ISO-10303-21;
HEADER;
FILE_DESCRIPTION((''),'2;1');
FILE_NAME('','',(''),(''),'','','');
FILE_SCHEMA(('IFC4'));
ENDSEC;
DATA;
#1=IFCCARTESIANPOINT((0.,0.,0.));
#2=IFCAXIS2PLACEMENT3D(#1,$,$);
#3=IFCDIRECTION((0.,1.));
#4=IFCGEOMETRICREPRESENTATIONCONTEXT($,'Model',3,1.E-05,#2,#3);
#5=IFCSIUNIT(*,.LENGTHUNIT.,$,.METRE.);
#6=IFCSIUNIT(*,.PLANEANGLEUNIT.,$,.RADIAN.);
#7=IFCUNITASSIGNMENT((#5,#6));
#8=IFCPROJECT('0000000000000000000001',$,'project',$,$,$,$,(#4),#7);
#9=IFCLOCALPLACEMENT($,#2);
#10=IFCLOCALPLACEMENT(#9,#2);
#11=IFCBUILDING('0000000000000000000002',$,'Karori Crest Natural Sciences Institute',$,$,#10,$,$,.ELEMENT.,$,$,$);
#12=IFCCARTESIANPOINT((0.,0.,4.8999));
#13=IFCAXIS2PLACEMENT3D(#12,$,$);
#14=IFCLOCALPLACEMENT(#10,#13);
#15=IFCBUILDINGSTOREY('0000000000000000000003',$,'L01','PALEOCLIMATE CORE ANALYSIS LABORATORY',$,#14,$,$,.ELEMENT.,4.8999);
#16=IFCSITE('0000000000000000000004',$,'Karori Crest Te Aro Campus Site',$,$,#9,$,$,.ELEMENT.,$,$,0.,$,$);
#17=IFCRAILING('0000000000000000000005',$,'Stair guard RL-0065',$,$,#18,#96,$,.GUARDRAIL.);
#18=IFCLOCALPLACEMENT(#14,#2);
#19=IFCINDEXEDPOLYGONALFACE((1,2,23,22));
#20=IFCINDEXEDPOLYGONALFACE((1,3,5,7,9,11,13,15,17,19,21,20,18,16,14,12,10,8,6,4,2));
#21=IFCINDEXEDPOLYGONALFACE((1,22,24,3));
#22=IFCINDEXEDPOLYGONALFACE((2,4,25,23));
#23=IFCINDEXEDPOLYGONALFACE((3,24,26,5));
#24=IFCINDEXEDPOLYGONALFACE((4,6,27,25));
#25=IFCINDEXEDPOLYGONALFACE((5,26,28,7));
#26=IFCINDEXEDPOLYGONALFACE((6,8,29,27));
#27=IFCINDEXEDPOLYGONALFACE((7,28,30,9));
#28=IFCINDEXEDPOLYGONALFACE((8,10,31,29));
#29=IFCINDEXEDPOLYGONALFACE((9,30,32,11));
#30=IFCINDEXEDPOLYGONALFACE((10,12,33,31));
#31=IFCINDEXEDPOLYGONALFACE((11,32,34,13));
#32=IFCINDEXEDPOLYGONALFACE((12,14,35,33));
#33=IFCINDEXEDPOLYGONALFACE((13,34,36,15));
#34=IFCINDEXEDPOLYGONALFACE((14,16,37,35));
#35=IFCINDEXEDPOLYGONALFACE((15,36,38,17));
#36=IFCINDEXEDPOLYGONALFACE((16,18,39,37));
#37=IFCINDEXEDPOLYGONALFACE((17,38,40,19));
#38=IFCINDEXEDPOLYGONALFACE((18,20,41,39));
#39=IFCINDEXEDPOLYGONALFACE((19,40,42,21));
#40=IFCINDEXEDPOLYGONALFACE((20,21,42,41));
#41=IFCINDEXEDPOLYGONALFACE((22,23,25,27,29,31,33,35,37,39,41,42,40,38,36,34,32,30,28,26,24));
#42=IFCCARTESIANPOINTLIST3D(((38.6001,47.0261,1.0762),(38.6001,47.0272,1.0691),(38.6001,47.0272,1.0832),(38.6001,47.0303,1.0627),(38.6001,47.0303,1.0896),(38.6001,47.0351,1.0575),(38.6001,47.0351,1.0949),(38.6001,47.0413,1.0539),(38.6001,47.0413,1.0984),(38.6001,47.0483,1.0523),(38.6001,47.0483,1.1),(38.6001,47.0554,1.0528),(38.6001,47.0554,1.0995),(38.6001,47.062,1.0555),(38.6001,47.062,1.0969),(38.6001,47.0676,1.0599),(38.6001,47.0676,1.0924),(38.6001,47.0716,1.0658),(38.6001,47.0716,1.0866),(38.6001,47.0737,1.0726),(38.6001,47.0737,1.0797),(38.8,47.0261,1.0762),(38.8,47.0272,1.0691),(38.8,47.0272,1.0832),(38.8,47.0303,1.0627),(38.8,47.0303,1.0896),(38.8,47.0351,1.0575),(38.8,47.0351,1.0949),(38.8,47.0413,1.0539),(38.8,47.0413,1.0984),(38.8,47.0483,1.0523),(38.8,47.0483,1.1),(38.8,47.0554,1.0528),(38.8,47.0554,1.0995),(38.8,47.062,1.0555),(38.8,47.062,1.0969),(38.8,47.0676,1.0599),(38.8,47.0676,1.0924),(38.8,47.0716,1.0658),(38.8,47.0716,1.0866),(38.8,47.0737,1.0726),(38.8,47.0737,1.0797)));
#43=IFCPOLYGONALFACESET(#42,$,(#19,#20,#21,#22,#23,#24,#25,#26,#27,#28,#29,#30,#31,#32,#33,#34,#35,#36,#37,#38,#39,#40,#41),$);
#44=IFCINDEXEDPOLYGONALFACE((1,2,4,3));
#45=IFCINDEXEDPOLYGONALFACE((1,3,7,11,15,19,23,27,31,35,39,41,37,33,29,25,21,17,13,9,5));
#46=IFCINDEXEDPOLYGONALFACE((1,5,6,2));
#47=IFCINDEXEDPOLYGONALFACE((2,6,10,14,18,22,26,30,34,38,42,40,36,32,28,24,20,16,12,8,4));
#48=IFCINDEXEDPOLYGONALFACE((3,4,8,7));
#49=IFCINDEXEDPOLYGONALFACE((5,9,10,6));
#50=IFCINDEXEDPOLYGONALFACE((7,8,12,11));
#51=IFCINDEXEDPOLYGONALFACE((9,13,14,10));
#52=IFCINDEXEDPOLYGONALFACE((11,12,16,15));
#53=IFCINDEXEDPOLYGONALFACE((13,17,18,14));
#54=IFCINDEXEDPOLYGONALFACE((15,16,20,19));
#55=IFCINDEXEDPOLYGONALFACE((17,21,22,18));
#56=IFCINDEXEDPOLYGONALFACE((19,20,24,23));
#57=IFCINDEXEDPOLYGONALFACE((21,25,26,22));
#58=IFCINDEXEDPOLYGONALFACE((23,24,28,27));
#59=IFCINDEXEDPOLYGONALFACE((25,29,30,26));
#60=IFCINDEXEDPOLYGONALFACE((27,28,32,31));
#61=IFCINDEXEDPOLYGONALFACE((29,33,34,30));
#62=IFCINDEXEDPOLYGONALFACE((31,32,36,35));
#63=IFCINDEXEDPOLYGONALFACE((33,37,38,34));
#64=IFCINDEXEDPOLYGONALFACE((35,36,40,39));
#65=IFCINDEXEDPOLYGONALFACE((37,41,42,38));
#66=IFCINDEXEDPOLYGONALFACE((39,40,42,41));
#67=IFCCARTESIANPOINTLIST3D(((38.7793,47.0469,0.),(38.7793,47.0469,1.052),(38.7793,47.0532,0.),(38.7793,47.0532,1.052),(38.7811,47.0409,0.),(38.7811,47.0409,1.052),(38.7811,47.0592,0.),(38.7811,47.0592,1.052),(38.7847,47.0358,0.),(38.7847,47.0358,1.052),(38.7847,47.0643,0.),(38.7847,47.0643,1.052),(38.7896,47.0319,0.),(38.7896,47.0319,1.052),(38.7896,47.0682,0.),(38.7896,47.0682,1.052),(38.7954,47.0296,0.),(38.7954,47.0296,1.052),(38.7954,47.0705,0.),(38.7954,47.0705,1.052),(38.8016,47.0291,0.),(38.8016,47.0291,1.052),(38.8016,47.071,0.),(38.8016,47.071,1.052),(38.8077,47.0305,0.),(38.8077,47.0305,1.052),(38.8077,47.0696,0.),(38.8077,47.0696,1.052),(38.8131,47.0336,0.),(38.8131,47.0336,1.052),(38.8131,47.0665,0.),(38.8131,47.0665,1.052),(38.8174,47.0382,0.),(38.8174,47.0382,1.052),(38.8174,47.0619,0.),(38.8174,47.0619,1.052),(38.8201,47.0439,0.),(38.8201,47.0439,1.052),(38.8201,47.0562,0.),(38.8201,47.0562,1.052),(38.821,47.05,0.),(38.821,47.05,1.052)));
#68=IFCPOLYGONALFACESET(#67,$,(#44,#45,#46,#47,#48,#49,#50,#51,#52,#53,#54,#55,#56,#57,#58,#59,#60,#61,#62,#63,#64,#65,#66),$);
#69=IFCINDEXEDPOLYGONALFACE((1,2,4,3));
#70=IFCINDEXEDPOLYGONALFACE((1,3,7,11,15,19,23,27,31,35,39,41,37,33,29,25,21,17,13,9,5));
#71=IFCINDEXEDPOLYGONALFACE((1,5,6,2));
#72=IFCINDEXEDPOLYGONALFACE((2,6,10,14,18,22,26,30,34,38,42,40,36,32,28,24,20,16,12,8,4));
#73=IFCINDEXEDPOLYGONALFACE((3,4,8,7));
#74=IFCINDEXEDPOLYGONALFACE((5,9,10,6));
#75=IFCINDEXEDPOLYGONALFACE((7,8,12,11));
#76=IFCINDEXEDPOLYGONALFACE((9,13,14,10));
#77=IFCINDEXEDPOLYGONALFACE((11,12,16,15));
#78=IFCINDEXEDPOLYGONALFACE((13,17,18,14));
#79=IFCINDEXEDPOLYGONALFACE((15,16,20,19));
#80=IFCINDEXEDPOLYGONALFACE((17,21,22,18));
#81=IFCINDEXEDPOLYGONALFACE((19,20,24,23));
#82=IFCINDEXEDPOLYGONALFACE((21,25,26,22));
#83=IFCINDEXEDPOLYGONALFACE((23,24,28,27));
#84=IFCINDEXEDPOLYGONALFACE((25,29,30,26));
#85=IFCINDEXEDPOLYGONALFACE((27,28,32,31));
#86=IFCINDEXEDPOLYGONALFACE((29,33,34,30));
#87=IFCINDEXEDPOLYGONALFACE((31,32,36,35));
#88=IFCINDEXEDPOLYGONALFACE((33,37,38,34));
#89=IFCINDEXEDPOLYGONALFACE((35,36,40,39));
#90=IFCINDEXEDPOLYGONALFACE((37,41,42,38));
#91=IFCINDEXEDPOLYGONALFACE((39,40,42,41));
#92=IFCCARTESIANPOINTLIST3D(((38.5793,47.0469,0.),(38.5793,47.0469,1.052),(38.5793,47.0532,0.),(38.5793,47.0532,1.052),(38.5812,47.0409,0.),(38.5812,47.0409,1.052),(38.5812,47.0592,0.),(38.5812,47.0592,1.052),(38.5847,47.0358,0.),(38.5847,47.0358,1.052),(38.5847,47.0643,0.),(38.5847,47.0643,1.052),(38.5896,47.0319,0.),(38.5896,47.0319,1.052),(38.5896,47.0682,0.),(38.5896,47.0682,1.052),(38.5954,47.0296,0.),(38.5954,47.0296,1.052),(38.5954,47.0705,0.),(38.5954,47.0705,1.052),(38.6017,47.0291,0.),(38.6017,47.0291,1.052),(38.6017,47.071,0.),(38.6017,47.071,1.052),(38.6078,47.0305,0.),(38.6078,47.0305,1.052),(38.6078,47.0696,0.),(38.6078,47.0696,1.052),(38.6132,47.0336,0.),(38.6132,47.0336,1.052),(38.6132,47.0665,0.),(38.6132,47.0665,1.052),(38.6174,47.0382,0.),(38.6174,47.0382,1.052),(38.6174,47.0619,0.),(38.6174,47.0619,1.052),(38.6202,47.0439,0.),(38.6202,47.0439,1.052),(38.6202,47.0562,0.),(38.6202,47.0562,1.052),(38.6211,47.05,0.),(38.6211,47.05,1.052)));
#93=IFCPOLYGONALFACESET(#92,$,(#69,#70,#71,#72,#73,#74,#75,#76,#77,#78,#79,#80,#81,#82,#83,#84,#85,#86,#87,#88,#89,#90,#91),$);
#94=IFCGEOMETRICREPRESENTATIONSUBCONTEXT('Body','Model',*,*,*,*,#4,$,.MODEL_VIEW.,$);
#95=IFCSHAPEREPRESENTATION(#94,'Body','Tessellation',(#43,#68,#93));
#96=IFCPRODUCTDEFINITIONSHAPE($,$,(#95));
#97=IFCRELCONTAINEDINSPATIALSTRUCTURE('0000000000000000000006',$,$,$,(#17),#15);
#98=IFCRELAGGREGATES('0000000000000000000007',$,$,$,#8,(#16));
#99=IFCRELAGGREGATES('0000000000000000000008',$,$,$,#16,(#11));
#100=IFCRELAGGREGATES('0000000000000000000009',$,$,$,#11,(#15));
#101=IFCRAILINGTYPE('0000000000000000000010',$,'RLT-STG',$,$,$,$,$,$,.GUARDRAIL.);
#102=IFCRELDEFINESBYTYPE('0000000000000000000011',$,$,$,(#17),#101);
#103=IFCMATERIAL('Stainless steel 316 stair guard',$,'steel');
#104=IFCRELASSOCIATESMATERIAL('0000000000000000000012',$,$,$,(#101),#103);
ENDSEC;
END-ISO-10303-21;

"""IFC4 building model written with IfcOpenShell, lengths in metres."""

from ifc_helpers import new_model, si_unit, direction, frame, origin, origin_2d, place, context, subcontext, project, spatial, circle, extrude, material, type_object, element, save


model = new_model("IFC4")

# Units and contexts
model_context = context("Model", 3, precision=1e-05, world=origin(), true_north=direction((0.0, 1.0)))
body_context = subcontext(model_context, "Body", "Model", "MODEL_VIEW")
ifc_project = project(units=[si_unit("LENGTHUNIT", "METRE"), si_unit("PLANEANGLEUNIT", "RADIAN")], contexts=[model_context])

# Site, building, storey
site_placement = place(None, origin())
site = spatial("IfcSite", under=ifc_project, at=site_placement, Name="Karori Crest Te Aro Campus Site", CompositionType="ELEMENT", RefElevation=0.0)
building_placement = place(site_placement, origin())
building = spatial("IfcBuilding", under=site, at=building_placement, Name="Karori Crest Natural Sciences Institute", CompositionType="ELEMENT")
storey_placement = place(building_placement, frame((0.0, 0.0, 4.8999)))
storey = spatial("IfcBuildingStorey", under=building, at=storey_placement, Name="L01", Description="PALEOCLIMATE CORE ANALYSIS LABORATORY", CompositionType="ELEMENT", Elevation=4.8999)

# Railing
ifc_material_1 = material(Name="Stainless steel 316 stair guard", Category="steel")
railing_type_1 = type_object("IfcRailingType", Name="RLT-STG", PredefinedType="GUARDRAIL", material=ifc_material_1)
railing_1_placement = place(storey_placement, frame((38.8, 47.05, 0.0)))
element("IfcRailing", 1, at=railing_1_placement, inside=storey, type_object=railing_type_1, Name="Stair guard RL-0065", PredefinedType="GUARDRAIL", context=body_context, shape_type="SweptSolid", body=[
    extrude(circle(Radius=0.0239, at=origin_2d()), frame((0.0, 0.0, 1.0762), z_axis=(-1.0, 0.0, 0.0), x_axis=(0.0, -1.0, 0.0)), (0.0, 0.0, 1.0), 0.2),
    extrude(circle(Radius=0.021, at=origin_2d()), origin(), (0.0, 0.0, 1.0), 1.052),
    extrude(circle(Radius=0.021, at=origin_2d()), frame((-0.2, 0.0, 0.0)), (0.0, 0.0, 1.0), 1.052),
])

save(model, "model.ifc")
